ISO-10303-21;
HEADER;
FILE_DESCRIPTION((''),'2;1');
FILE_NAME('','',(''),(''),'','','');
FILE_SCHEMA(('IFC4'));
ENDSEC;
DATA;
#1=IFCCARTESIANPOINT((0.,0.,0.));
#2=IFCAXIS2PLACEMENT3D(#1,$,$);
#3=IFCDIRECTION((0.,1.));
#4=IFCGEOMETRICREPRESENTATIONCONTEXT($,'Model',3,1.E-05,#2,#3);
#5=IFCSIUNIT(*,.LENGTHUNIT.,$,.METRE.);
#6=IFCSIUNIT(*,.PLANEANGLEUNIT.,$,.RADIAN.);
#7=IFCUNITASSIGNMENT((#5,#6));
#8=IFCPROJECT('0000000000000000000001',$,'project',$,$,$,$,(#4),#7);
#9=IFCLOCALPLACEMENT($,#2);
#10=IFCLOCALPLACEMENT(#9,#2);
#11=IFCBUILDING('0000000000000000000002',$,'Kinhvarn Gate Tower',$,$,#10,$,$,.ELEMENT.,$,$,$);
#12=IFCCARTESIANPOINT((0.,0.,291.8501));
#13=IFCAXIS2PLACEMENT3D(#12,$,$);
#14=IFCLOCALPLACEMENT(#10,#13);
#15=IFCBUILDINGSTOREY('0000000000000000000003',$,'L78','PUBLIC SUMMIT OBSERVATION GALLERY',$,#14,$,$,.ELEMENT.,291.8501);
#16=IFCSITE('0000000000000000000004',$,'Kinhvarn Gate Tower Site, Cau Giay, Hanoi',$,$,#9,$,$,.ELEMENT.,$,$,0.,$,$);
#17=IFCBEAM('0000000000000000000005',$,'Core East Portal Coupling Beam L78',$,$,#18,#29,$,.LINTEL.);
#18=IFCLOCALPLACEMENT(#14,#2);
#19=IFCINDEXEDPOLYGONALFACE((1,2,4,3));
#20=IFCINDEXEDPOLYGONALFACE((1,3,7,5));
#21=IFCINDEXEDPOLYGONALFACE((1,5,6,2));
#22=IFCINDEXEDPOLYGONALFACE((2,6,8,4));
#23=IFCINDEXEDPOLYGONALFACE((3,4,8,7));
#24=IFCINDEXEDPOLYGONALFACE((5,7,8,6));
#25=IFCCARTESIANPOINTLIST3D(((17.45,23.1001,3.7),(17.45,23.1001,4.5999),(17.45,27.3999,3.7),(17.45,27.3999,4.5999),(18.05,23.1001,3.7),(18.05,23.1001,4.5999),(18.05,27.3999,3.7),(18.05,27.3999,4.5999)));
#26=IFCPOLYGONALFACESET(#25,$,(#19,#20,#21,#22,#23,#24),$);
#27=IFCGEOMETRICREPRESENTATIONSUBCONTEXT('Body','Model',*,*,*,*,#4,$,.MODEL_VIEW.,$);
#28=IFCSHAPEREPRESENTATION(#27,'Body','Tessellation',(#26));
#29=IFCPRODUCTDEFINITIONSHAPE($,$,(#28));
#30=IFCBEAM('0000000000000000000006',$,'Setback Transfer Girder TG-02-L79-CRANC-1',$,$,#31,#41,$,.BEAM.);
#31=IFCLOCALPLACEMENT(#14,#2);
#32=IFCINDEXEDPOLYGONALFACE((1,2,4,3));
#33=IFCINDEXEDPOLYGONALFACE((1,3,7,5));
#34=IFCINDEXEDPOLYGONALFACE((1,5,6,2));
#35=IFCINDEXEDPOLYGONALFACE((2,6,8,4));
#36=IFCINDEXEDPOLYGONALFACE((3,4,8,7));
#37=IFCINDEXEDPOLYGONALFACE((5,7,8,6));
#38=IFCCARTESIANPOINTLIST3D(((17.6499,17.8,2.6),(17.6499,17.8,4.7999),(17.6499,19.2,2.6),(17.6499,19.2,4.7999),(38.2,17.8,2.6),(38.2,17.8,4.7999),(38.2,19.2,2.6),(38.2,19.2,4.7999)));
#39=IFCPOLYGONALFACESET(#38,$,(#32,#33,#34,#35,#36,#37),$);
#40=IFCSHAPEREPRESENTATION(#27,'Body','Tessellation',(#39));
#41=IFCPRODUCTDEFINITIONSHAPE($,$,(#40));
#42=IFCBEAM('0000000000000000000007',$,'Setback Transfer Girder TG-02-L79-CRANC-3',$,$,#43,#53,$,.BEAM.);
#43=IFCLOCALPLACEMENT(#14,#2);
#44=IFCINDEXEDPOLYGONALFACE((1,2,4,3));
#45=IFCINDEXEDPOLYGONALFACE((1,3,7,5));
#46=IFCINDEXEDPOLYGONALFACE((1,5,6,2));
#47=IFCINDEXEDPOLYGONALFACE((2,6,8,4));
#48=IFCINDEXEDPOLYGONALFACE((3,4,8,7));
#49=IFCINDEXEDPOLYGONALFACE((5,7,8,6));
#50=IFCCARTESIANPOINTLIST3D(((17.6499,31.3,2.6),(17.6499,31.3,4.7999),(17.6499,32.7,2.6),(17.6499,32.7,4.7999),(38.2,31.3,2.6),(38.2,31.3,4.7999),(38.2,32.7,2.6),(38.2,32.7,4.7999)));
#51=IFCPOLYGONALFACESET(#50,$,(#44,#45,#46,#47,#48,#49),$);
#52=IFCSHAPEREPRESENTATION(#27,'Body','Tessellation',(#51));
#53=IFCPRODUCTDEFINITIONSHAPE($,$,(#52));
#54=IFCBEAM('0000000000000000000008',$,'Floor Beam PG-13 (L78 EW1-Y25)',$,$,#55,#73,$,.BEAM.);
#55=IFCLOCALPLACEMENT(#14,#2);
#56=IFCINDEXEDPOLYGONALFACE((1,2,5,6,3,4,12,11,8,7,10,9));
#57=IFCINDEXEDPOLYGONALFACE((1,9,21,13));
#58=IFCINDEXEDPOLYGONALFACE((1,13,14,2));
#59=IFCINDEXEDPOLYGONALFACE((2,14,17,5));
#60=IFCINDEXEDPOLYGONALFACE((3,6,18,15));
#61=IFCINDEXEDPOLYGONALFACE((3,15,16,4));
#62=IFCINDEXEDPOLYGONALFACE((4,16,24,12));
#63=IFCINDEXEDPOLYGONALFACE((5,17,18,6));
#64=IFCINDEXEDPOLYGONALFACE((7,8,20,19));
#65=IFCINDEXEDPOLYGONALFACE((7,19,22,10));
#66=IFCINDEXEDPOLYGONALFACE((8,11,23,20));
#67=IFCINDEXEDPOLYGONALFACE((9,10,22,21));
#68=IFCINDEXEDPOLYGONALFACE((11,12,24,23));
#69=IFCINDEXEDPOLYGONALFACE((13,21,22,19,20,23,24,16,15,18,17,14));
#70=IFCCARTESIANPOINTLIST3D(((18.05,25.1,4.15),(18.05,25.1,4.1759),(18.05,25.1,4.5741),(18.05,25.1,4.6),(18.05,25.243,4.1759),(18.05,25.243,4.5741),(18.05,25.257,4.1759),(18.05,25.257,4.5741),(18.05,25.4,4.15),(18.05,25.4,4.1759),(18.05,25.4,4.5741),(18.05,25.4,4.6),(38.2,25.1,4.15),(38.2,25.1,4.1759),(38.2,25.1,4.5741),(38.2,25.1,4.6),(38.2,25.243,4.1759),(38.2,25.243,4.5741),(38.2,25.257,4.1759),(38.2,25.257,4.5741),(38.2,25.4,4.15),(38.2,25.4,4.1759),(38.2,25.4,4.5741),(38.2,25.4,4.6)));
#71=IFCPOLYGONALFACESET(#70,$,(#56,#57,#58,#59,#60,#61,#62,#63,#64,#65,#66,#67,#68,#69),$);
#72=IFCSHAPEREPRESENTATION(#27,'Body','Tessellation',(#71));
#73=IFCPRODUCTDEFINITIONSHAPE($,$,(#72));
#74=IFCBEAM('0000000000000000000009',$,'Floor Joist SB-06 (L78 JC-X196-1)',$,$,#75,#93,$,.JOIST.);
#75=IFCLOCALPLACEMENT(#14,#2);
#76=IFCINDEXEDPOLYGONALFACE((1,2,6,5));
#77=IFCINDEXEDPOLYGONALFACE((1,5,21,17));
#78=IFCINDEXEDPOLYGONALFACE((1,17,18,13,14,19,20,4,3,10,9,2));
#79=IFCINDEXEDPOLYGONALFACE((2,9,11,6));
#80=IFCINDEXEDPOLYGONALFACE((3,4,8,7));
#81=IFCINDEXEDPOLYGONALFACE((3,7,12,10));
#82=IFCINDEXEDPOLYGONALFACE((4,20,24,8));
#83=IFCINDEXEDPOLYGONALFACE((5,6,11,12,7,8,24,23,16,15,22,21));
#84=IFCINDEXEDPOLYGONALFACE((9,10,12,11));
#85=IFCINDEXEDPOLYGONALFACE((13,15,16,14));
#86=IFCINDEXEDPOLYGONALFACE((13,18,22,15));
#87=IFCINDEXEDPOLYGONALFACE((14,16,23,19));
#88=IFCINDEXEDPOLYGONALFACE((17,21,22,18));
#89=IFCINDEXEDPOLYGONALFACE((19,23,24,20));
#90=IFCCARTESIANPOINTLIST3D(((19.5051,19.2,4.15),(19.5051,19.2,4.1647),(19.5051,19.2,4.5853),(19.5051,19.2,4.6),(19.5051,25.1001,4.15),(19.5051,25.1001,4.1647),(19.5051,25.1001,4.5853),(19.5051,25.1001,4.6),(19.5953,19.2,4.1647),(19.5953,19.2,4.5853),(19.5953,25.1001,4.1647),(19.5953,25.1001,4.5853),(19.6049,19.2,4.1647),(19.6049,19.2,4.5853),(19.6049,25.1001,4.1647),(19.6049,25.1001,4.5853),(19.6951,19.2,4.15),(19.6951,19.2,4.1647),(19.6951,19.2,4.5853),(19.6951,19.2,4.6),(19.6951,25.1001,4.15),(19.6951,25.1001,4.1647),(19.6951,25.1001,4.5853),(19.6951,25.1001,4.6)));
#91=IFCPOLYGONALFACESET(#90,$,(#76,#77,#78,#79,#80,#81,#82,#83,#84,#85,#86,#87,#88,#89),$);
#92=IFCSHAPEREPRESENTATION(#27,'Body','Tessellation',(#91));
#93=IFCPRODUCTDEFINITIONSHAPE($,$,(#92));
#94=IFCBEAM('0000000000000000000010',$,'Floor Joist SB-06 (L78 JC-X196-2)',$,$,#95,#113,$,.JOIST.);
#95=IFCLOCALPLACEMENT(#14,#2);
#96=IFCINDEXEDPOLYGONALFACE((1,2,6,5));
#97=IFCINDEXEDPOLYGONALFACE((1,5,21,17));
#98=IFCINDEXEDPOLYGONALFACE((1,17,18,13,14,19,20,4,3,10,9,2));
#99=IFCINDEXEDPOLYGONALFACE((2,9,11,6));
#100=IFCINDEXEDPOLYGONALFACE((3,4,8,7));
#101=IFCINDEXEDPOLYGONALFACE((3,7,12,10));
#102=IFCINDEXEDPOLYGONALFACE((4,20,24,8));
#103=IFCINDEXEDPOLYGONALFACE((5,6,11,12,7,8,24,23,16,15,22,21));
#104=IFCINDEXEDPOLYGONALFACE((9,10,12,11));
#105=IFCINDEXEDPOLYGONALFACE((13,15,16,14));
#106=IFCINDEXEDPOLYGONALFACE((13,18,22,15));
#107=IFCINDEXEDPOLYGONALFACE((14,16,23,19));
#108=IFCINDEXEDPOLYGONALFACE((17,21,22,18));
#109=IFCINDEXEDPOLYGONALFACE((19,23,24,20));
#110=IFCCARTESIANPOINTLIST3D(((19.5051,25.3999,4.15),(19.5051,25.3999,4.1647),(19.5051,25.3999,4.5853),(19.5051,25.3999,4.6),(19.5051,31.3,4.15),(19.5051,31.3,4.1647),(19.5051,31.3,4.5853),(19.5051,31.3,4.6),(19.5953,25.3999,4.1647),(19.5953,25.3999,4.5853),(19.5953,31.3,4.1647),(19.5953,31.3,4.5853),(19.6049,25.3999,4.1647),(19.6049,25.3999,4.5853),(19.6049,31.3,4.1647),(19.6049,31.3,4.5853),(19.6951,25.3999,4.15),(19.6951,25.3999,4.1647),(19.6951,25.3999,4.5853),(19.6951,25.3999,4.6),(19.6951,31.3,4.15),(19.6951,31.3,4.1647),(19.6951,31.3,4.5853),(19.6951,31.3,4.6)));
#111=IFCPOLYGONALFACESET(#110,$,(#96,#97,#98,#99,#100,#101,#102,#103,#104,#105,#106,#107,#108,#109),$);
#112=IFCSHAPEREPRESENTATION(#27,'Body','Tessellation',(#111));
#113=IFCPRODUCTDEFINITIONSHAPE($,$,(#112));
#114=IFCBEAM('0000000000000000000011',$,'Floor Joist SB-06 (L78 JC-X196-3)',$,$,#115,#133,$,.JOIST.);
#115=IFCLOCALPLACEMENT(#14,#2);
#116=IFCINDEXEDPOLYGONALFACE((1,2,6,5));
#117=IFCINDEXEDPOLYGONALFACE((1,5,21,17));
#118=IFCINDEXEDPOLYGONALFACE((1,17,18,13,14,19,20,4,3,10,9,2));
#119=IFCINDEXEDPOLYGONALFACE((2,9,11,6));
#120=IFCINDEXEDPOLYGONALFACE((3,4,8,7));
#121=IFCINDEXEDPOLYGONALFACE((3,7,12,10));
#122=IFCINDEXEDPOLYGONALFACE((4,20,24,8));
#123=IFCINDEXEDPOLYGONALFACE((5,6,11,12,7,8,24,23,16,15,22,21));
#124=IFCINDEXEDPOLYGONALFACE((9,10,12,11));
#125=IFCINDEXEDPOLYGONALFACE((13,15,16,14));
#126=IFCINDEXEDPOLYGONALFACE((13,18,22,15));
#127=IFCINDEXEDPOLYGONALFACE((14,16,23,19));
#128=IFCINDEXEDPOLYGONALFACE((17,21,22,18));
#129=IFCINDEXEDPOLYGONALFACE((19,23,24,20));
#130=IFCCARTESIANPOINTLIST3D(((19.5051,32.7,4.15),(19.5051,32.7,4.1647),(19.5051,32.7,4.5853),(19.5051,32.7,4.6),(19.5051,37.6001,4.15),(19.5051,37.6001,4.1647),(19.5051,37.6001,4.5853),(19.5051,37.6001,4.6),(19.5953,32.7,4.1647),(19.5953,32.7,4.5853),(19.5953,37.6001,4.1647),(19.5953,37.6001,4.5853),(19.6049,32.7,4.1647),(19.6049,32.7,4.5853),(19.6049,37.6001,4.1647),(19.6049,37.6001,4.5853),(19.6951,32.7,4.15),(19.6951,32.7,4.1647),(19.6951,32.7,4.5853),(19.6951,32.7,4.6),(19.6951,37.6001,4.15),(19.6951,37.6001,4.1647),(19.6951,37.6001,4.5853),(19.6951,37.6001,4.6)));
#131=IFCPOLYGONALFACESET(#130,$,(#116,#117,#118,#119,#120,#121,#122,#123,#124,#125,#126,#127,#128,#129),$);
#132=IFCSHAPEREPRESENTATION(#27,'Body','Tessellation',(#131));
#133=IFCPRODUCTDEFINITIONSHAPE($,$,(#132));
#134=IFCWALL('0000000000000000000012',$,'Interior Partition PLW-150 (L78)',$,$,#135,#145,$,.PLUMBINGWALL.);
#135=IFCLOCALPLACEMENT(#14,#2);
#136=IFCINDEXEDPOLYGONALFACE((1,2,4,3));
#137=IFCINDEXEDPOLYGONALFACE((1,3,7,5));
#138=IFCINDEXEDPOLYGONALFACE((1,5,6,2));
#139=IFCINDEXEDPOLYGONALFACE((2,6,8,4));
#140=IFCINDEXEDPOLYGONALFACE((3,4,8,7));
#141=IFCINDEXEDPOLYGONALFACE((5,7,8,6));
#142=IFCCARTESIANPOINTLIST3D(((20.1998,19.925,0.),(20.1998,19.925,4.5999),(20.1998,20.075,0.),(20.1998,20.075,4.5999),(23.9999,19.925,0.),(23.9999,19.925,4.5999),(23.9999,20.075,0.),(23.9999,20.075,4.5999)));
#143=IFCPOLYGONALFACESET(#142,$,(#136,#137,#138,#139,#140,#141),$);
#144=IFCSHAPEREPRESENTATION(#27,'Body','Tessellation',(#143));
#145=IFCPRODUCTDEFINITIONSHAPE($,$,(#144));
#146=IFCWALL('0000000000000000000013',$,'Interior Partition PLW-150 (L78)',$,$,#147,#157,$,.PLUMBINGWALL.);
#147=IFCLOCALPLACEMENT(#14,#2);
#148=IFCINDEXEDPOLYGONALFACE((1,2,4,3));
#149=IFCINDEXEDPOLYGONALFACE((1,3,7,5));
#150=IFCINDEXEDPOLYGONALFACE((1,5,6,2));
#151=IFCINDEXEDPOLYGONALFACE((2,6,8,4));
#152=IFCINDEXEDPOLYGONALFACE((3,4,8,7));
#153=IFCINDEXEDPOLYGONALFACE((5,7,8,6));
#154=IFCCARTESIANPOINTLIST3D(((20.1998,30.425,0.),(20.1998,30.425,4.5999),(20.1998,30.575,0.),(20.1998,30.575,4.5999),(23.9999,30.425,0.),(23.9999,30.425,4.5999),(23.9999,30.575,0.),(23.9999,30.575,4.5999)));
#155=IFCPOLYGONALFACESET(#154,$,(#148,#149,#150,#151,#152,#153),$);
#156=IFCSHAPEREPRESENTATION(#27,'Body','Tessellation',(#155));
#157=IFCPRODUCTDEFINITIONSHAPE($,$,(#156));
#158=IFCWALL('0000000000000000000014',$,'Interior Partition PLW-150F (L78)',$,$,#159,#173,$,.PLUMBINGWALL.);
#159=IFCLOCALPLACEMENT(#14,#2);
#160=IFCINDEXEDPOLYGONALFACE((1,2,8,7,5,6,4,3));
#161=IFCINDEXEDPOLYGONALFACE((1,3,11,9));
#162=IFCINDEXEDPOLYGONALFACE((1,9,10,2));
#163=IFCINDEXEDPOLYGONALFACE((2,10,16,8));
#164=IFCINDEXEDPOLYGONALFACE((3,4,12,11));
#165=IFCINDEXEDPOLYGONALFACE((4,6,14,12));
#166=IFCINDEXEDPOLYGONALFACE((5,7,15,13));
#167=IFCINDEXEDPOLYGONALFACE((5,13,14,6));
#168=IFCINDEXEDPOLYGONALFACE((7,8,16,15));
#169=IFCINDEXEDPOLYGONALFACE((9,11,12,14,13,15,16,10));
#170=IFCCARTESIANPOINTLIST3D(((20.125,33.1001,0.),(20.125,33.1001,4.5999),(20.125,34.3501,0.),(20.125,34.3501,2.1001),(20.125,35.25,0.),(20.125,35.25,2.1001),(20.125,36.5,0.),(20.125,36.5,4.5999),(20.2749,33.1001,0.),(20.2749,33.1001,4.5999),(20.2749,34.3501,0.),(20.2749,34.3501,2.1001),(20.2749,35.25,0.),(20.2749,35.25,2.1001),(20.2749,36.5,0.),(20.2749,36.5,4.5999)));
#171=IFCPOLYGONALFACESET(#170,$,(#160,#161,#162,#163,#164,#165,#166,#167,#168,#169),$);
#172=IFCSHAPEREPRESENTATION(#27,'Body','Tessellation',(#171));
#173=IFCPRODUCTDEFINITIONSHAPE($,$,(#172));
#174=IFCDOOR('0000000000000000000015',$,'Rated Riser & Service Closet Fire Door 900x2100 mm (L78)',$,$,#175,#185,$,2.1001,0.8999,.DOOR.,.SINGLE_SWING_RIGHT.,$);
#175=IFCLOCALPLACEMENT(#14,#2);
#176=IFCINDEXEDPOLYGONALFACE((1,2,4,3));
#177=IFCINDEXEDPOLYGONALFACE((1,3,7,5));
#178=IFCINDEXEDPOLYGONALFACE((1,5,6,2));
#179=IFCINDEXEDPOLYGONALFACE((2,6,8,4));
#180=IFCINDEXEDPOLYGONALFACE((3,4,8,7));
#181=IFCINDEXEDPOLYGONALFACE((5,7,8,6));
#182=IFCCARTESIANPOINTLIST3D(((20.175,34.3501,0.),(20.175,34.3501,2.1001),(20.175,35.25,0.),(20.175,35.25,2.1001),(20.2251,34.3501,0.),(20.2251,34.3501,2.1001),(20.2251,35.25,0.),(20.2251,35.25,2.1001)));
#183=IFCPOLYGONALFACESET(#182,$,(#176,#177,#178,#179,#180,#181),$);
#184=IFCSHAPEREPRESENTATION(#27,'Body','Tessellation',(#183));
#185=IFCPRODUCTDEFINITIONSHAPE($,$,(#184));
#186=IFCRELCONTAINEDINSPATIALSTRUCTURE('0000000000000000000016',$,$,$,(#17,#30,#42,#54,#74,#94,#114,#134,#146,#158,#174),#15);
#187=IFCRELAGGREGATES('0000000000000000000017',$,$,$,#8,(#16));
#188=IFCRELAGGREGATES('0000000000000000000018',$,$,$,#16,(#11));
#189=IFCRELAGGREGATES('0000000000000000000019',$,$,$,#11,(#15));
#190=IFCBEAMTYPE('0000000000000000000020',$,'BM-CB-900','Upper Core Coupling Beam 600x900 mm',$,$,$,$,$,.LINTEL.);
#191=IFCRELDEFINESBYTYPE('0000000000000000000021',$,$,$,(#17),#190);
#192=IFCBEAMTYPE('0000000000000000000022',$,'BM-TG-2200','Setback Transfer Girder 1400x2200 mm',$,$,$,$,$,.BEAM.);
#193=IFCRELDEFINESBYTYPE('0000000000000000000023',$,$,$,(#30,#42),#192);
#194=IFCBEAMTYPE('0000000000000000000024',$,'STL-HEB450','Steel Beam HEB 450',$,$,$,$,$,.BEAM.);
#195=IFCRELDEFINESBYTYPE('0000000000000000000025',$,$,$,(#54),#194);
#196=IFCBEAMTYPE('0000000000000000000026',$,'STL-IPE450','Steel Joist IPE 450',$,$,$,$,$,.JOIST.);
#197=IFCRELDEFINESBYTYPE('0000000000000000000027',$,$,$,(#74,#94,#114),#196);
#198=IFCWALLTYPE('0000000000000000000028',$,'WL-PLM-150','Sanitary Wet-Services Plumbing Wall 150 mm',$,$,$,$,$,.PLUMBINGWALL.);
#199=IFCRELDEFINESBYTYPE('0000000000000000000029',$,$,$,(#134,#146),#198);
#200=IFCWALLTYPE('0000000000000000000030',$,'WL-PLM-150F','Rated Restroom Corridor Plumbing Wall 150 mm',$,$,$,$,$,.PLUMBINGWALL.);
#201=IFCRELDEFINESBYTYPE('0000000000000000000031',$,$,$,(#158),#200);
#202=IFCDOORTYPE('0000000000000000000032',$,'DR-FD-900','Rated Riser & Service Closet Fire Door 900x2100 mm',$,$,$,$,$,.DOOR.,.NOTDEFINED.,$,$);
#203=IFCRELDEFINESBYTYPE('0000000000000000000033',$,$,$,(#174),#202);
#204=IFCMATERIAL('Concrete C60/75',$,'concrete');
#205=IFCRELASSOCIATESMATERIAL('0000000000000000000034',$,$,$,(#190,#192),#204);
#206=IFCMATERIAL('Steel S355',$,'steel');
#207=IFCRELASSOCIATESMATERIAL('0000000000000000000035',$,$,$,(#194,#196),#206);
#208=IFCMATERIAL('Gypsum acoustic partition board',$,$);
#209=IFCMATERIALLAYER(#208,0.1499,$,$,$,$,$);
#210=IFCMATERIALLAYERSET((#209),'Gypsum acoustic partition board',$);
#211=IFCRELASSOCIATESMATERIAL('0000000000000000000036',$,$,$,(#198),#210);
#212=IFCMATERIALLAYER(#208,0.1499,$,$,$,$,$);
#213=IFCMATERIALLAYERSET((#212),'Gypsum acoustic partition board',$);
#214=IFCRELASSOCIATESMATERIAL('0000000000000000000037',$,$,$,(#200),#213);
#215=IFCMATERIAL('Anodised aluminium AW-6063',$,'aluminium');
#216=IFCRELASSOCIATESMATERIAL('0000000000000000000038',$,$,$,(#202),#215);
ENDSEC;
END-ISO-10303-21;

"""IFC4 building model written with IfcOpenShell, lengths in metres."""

from ifc_helpers import new_model, si_unit, direction, frame, frame_2d, origin, origin_2d, place, context, subcontext, project, spatial, rectangle, i_section, extrude, material, layer, layer_set, material_profile, profile_set, type_object, element, fill, save


model = new_model("IFC4")

# Units and contexts
model_context = context("Model", 3, precision=1e-05, world=origin(), true_north=direction((0.0, 1.0)))
body_context = subcontext(model_context, "Body", "Model", "MODEL_VIEW")
ifc_project = project(units=[si_unit("LENGTHUNIT", "METRE"), si_unit("PLANEANGLEUNIT", "RADIAN")], contexts=[model_context])

# Site, building, storey
site_placement = place(None, origin())
site = spatial("IfcSite", under=ifc_project, at=site_placement, Name="Kinhvarn Gate Tower Site, Cau Giay, Hanoi", CompositionType="ELEMENT", RefElevation=0.0)
building_placement = place(site_placement, origin())
building = spatial("IfcBuilding", under=site, at=building_placement, Name="Kinhvarn Gate Tower", CompositionType="ELEMENT")
storey_placement = place(building_placement, frame((0.0, 0.0, 291.8501)))
storey = spatial("IfcBuildingStorey", under=building, at=storey_placement, Name="L78", Description="PUBLIC SUMMIT OBSERVATION GALLERY", CompositionType="ELEMENT", Elevation=291.8501)

# Beams
ifc_material_1 = material(Name="Concrete C60/75", Category="concrete")
ifc_material_profile_1 = material_profile(ifc_material_1, rectangle(XDim=0.6001, YDim=0.8999, at=origin_2d()), Name="RC 600x900")
ifc_profile_set_1 = profile_set([ifc_material_profile_1], Name="Concrete C60/75")
beam_type_1 = type_object("IfcBeamType", Name="BM-CB-900", Description="Upper Core Coupling Beam 600x900 mm", PredefinedType="LINTEL", material=ifc_profile_set_1)
beam_1_placement = place(storey_placement, frame((17.75, 23.1001, 4.1499), z_axis=(0.0, 1.0, 0.0), x_axis=(-1.0, 0.0, 0.0)))
element("IfcBeam", 1, at=beam_1_placement, inside=storey, type_object=beam_type_1, Name="Core East Portal Coupling Beam L78", PredefinedType="LINTEL", context=body_context, shape_type="SweptSolid", body=[
    extrude(rectangle(XDim=0.6001, YDim=0.8999, at=origin_2d()), origin(), (0.0, 0.0, 1.0), 4.2998),
])
ifc_material_profile_2 = material_profile(ifc_material_1, rectangle(XDim=1.3999, YDim=2.2, at=origin_2d()), Name="RC 1400x2200")
ifc_profile_set_2 = profile_set([ifc_material_profile_2], Name="Concrete C60/75")
beam_type_2 = type_object("IfcBeamType", Name="BM-TG-2200", Description="Setback Transfer Girder 1400x2200 mm", PredefinedType="BEAM", material=ifc_profile_set_2)
for number, where, z_axis, x_axis, name in (
    (2, (17.6499, 18.5, 3.7), (1.0, 0.0, 0.0), (0.0, 1.0, 0.0), "Setback Transfer Girder TG-02-L79-CRANC-1"),
    (3, (17.6499, 32.0, 3.7), (1.0, 0.0, 0.0), (0.0, 1.0, 0.0), "Setback Transfer Girder TG-02-L79-CRANC-3"),
):
    element("IfcBeam", number, at=place(storey_placement, frame(where, z_axis=z_axis, x_axis=x_axis)), inside=storey, type_object=beam_type_2, Name=name, PredefinedType="BEAM", context=body_context, shape_type="SweptSolid", body=[
        extrude(rectangle(XDim=1.3999, YDim=2.2, at=origin_2d()), origin(), (0.0, 0.0, 1.0), 20.55),
    ])
ifc_material_2 = material(Name="Steel S355", Category="steel")
ifc_material_profile_3 = material_profile(ifc_material_2, i_section(OverallWidth=0.3, OverallDepth=0.45, WebThickness=0.0139, FlangeThickness=0.0259, at=origin_2d()), Name="HEB 450")
ifc_profile_set_3 = profile_set([ifc_material_profile_3], Name="Steel S355")
beam_type_3 = type_object("IfcBeamType", Name="STL-HEB450", Description="Steel Beam HEB 450", PredefinedType="BEAM", material=ifc_profile_set_3)
beam_2_placement = place(storey_placement, frame((18.05, 25.25, 4.375), z_axis=(1.0, 0.0, 0.0), x_axis=(0.0, 1.0, 0.0)))
element("IfcBeam", 4, at=beam_2_placement, inside=storey, type_object=beam_type_3, Name="Floor Beam PG-13 (L78 EW1-Y25)", PredefinedType="BEAM", context=body_context, shape_type="SweptSolid", body=[
    extrude(i_section(OverallWidth=0.3, OverallDepth=0.45, WebThickness=0.0139, FlangeThickness=0.0259, at=origin_2d()), origin(), (0.0, 0.0, 1.0), 20.1499),
])
ifc_material_profile_4 = material_profile(ifc_material_2, i_section(OverallWidth=0.1899, OverallDepth=0.45, WebThickness=0.0095, FlangeThickness=0.0146, at=origin_2d()), Name="IPE 450")
ifc_profile_set_4 = profile_set([ifc_material_profile_4], Name="Steel S355")
beam_type_4 = type_object("IfcBeamType", Name="STL-IPE450", Description="Steel Joist IPE 450", PredefinedType="JOIST", material=ifc_profile_set_4)
for number, where, z_axis, x_axis, name in (
    (5, (19.6001, 19.2, 4.375), (0.0, 1.0, 0.0), (-1.0, 0.0, 0.0), "Floor Joist SB-06 (L78 JC-X196-1)"),
    (6, (19.6001, 25.3999, 4.375), (0.0, 1.0, 0.0), (-1.0, 0.0, 0.0), "Floor Joist SB-06 (L78 JC-X196-2)"),
):
    element("IfcBeam", number, at=place(storey_placement, frame(where, z_axis=z_axis, x_axis=x_axis)), inside=storey, type_object=beam_type_4, Name=name, PredefinedType="JOIST", context=body_context, shape_type="SweptSolid", body=[
        extrude(i_section(OverallWidth=0.1899, OverallDepth=0.45, WebThickness=0.0095, FlangeThickness=0.0146, at=origin_2d()), origin(), (0.0, 0.0, 1.0), 5.9001),
    ])
beam_3_placement = place(storey_placement, frame((19.6001, 32.7, 4.375), z_axis=(0.0, 1.0, 0.0), x_axis=(-1.0, 0.0, 0.0)))
element("IfcBeam", 7, at=beam_3_placement, inside=storey, type_object=beam_type_4, Name="Floor Joist SB-06 (L78 JC-X196-3)", PredefinedType="JOIST", context=body_context, shape_type="SweptSolid", body=[
    extrude(i_section(OverallWidth=0.1899, OverallDepth=0.45, WebThickness=0.0095, FlangeThickness=0.0146, at=origin_2d()), origin(), (0.0, 0.0, 1.0), 4.9001),
])

# Shared definitions
ifc_material_3 = material(Name="Anodised aluminium AW-6063", Category="aluminium")

# Walls
ifc_material_4 = material(Name="Gypsum acoustic partition board")
ifc_layer_1 = layer(ifc_material_4, 0.1499)
ifc_layer_set_1 = layer_set([ifc_layer_1], Name="Gypsum acoustic partition board")
wall_type_1 = type_object("IfcWallType", Name="WL-PLM-150", Description="Sanitary Wet-Services Plumbing Wall 150 mm", PredefinedType="PLUMBINGWALL", material=ifc_layer_set_1)
for number, where, z_axis, x_axis, name in (
    (8, (20.2, 20.0, 0.0), (0.0, 0.0, 1.0), (1.0, 0.0, 0.0), "Interior Partition PLW-150 (L78)"),
    (9, (20.2, 30.5, 0.0), (0.0, 0.0, 1.0), (1.0, 0.0, 0.0), "Interior Partition PLW-150 (L78)"),
):
    element("IfcWall", number, at=place(storey_placement, frame(where, z_axis=z_axis, x_axis=x_axis)), inside=storey, type_object=wall_type_1, Name=name, PredefinedType="PLUMBINGWALL", context=body_context, shape_type="SweptSolid", body=[
        extrude(rectangle(XDim=3.8, YDim=0.1499, at=frame_2d((1.8999, 0.0))), origin(), (0.0, 0.0, 1.0), 4.5999),
    ])

# Wall, opening, door
ifc_layer_2 = layer(ifc_material_4, 0.1499)
ifc_layer_set_2 = layer_set([ifc_layer_2], Name="Gypsum acoustic partition board")
wall_type_2 = type_object("IfcWallType", Name="WL-PLM-150F", Description="Rated Restroom Corridor Plumbing Wall 150 mm", PredefinedType="PLUMBINGWALL", material=ifc_layer_set_2)
wall_1_placement = place(storey_placement, frame((20.2, 33.1001, 0.0), z_axis=(0.0, 0.0, 1.0), x_axis=(0.0, 1.0, 0.0)))
wall_1 = element("IfcWall", 10, at=wall_1_placement, inside=storey, type_object=wall_type_2, Name="Interior Partition PLW-150F (L78)", PredefinedType="PLUMBINGWALL", context=body_context, shape_type="SweptSolid", body=[
    extrude(rectangle(XDim=3.3999, YDim=0.1499, at=frame_2d((1.7, 0.0))), origin(), (0.0, 0.0, 1.0), 4.5999),
])
opening_1_placement = place(wall_1_placement, frame((1.25, 0.0, 0.0)))
opening_1 = element("IfcOpeningElement", 11, at=opening_1_placement, cuts=wall_1, PredefinedType="OPENING", context=body_context, shape_type="SweptSolid", body=[
    extrude(rectangle(XDim=0.8999, YDim=2.1001, at=frame_2d((0.45, 1.05))), frame((0.0, 0.085, 0.0), z_axis=(0.0, -1.0, 0.0), x_axis=(1.0, 0.0, 0.0)), (0.0, 0.0, 1.0), 0.1699),
])
door_type_1 = type_object("IfcDoorType", Name="DR-FD-900", Description="Rated Riser & Service Closet Fire Door 900x2100 mm", OperationType="NOTDEFINED", PredefinedType="DOOR", material=ifc_material_3)
door_1_placement = place(opening_1_placement, origin())
door_1 = element("IfcDoor", 12, at=door_1_placement, inside=storey, type_object=door_type_1, Name="Rated Riser & Service Closet Fire Door 900x2100 mm (L78)", OperationType="SINGLE_SWING_RIGHT", OverallHeight=2.1001, OverallWidth=0.8999, PredefinedType="DOOR", context=body_context, shape_type="SweptSolid", body=[
    extrude(rectangle(XDim=0.8999, YDim=2.1001, at=frame_2d((0.45, 1.05))), frame((0.0, 0.0249, 0.0), z_axis=(0.0, -1.0, 0.0), x_axis=(1.0, 0.0, 0.0)), (0.0, 0.0, 1.0), 0.05),
])
fill(opening_1, door_1)

save(model, "model.ifc")
